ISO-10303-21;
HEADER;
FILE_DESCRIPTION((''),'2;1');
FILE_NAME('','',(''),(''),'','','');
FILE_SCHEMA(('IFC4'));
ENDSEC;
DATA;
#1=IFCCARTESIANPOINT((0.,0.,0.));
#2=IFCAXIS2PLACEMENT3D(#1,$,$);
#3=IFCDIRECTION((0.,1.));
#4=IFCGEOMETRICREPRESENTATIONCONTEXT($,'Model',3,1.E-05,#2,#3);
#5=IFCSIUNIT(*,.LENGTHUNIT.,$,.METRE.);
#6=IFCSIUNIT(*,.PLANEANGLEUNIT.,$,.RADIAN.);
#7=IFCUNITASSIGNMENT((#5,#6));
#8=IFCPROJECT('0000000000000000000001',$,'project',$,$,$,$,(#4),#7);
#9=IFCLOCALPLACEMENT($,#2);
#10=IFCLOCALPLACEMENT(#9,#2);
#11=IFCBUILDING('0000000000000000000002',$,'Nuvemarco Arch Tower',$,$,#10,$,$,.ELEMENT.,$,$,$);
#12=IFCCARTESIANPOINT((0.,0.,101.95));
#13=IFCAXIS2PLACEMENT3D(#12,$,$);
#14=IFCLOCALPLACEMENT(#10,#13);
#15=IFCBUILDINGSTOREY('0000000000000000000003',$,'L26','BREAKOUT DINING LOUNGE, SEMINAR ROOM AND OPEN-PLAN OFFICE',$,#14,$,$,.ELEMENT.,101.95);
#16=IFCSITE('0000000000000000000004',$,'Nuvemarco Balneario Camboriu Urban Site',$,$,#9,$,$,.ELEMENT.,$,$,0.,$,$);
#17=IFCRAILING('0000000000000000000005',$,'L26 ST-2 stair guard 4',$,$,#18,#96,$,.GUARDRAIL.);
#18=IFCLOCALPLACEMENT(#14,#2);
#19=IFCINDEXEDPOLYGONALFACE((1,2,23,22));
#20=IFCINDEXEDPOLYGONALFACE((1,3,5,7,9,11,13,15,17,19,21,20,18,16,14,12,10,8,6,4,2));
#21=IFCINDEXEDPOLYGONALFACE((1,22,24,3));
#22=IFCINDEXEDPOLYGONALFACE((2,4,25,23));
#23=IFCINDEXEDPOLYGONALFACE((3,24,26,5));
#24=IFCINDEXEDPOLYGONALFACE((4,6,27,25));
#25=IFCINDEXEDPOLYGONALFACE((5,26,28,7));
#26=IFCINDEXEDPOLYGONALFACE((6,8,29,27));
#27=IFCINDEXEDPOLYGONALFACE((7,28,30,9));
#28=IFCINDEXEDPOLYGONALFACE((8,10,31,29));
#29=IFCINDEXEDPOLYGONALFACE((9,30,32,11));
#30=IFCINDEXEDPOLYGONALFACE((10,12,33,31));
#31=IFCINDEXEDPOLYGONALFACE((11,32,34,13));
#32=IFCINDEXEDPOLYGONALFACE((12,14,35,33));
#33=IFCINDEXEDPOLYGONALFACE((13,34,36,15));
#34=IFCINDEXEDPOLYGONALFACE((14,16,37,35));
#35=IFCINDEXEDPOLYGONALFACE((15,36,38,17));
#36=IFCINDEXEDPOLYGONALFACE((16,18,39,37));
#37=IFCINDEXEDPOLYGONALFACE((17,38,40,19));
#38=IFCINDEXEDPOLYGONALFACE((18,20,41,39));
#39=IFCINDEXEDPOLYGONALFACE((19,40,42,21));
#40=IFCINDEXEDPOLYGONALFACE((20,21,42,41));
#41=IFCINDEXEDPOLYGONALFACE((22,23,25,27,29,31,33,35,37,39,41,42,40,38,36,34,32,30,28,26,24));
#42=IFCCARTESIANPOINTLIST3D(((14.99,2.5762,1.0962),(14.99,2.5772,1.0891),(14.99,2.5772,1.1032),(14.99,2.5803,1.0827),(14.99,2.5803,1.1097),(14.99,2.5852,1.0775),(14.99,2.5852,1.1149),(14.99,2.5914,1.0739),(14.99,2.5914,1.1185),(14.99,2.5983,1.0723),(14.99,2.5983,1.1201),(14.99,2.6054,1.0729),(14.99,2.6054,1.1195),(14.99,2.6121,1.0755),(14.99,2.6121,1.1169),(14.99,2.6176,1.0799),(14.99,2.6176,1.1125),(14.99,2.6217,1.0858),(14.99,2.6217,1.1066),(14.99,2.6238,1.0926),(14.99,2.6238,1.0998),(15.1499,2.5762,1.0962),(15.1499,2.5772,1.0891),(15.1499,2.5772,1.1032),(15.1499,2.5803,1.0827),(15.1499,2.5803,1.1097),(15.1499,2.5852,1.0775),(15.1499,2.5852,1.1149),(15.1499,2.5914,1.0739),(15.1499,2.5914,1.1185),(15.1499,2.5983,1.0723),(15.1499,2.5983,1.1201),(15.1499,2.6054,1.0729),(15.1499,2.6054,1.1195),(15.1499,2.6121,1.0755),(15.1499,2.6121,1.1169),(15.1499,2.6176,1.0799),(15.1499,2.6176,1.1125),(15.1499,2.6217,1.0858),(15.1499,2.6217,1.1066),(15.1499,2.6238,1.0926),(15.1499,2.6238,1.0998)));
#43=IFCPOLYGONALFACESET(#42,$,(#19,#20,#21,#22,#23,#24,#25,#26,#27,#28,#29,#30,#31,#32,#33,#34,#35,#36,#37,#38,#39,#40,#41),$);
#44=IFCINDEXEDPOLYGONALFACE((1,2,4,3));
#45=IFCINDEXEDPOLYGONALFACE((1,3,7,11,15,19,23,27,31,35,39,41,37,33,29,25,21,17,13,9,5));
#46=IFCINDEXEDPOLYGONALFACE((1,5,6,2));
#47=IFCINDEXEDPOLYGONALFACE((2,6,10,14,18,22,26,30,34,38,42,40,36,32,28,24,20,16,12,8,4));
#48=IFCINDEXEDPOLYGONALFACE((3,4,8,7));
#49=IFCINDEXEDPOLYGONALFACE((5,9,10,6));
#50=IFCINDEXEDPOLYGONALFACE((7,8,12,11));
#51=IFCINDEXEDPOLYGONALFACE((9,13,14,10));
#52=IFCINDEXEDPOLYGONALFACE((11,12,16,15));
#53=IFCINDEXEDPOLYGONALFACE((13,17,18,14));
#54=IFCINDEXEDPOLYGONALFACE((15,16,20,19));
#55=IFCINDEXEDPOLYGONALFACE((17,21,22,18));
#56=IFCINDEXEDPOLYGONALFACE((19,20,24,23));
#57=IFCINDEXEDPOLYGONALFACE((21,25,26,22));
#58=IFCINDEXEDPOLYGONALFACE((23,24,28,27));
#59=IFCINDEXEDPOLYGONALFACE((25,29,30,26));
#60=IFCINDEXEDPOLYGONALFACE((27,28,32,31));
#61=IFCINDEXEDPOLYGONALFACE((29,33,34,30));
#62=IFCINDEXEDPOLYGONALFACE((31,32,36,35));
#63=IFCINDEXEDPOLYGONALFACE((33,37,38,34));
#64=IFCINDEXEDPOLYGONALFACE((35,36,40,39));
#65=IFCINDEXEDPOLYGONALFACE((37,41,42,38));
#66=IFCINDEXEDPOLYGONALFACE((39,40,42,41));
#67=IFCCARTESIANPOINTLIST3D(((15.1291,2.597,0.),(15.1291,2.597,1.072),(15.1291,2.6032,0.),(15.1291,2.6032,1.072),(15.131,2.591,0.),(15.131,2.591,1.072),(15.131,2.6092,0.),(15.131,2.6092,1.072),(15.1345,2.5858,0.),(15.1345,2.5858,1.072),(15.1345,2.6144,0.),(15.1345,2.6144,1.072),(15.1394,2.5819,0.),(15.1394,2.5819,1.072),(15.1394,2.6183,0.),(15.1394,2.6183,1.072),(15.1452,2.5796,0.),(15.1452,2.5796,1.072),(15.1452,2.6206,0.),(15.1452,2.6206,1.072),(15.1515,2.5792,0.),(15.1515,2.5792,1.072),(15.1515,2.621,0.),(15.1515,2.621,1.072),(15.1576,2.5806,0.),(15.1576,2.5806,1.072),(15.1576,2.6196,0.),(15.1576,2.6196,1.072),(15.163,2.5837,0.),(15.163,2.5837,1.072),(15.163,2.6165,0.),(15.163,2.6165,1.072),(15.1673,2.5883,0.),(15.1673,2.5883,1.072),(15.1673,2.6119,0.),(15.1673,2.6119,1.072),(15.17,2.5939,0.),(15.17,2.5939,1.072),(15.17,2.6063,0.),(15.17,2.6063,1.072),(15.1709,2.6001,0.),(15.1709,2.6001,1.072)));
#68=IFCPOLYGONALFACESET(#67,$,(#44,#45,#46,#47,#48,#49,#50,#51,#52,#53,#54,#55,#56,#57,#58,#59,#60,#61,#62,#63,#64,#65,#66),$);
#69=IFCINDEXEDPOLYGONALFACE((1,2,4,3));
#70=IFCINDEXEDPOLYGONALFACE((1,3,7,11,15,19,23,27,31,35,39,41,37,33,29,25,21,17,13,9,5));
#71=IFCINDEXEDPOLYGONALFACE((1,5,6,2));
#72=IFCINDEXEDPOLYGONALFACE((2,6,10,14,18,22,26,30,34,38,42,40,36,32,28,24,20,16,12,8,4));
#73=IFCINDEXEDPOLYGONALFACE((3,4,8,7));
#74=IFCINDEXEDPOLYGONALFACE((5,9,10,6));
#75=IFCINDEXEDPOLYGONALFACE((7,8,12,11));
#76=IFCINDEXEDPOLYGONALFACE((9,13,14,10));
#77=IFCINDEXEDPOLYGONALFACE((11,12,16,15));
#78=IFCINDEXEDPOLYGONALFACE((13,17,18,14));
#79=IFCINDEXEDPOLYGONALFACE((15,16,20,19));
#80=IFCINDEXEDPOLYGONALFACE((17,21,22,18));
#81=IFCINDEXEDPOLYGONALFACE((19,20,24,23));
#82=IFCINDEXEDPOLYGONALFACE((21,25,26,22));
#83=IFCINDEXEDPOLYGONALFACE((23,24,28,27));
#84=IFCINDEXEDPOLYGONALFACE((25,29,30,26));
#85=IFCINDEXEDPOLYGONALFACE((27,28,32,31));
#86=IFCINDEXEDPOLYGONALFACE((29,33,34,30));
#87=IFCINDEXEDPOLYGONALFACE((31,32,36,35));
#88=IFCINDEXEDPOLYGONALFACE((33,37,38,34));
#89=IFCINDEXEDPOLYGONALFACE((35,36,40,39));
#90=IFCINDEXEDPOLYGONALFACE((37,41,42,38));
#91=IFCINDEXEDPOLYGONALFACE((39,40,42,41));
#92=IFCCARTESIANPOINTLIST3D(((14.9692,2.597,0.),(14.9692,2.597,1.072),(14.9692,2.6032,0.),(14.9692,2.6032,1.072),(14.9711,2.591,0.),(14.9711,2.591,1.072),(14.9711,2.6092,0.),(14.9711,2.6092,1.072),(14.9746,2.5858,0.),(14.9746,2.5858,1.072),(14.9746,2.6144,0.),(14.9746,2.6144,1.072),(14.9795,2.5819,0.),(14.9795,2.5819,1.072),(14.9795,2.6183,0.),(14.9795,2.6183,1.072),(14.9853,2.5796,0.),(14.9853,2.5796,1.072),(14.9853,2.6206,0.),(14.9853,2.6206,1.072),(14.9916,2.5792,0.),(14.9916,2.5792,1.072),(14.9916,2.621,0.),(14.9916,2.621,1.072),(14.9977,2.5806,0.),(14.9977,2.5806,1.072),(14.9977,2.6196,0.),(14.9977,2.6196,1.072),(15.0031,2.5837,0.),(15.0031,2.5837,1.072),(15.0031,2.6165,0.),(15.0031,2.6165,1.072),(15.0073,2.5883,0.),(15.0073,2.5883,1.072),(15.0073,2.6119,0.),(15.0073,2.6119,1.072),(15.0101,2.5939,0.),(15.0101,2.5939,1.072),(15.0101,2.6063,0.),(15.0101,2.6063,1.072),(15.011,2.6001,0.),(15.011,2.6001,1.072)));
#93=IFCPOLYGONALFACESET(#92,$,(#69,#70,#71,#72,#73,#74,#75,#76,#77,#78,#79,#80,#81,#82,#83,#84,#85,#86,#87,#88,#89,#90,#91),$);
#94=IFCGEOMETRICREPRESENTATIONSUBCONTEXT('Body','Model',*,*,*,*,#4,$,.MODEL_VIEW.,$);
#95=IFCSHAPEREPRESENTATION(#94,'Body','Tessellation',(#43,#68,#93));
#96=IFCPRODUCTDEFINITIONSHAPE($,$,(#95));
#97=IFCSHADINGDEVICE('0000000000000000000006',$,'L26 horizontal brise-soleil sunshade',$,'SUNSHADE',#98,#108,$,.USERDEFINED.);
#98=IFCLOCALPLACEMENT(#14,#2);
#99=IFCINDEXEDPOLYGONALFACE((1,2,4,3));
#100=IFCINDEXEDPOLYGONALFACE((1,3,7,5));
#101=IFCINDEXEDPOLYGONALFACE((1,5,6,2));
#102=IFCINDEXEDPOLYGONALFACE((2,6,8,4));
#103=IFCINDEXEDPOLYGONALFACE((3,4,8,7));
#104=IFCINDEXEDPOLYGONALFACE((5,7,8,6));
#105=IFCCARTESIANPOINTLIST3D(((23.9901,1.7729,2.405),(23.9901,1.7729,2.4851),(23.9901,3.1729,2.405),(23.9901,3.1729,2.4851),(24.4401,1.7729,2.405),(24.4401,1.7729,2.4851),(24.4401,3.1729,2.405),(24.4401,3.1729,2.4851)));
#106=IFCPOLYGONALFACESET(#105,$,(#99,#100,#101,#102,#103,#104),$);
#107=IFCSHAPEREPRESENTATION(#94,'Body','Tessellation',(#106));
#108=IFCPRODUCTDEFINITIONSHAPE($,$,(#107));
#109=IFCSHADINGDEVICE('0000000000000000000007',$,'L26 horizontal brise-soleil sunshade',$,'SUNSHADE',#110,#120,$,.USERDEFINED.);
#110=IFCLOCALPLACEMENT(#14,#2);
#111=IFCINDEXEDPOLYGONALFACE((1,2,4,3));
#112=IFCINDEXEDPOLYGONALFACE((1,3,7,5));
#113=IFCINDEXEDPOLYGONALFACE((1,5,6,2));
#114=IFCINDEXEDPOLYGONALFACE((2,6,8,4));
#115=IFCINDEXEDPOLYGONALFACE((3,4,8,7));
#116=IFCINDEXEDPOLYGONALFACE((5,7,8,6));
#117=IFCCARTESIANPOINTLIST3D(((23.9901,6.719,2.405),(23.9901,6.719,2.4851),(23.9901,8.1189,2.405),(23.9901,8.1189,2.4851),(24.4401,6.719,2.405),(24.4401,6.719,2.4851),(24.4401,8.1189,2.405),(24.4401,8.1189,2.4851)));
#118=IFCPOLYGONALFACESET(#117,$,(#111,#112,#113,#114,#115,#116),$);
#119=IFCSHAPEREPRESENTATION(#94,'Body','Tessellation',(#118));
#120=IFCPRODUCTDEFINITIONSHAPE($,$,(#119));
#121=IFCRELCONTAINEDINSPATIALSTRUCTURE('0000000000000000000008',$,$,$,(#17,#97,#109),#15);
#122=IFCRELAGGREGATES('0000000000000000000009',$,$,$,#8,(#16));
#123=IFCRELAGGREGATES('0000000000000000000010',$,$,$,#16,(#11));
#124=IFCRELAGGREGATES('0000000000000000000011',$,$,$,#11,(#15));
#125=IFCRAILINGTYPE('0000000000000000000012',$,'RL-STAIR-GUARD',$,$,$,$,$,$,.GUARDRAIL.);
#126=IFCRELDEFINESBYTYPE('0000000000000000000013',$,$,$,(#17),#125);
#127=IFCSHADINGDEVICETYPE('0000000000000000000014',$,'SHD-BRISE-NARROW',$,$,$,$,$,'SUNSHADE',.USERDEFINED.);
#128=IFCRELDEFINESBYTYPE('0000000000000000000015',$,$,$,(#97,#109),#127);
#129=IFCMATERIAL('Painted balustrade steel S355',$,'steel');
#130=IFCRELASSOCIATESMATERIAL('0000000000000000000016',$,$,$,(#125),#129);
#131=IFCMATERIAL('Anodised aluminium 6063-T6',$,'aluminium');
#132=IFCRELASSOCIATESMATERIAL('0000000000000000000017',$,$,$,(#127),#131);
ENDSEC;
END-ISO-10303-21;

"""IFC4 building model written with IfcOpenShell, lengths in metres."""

from ifc_helpers import new_model, si_unit, direction, frame, origin, origin_2d, place, context, subcontext, project, spatial, rectangle, circle, extrude, source, transform, mapped, material, type_object, type_shapes, element, save


model = new_model("IFC4")

# Units and contexts
model_context = context("Model", 3, precision=1e-05, world=origin(), true_north=direction((0.0, 1.0)))
body_context = subcontext(model_context, "Body", "Model", "MODEL_VIEW")
ifc_project = project(units=[si_unit("LENGTHUNIT", "METRE"), si_unit("PLANEANGLEUNIT", "RADIAN")], contexts=[model_context])

# Site, building, storey
site_placement = place(None, origin())
site = spatial("IfcSite", under=ifc_project, at=site_placement, Name="Nuvemarco Balneario Camboriu Urban Site", CompositionType="ELEMENT", RefElevation=0.0)
building_placement = place(site_placement, origin())
building = spatial("IfcBuilding", under=site, at=building_placement, Name="Nuvemarco Arch Tower", CompositionType="ELEMENT")
storey_placement = place(building_placement, frame((0.0, 0.0, 101.95)))
storey = spatial("IfcBuildingStorey", under=building, at=storey_placement, Name="L26", Description="BREAKOUT DINING LOUNGE, SEMINAR ROOM AND OPEN-PLAN OFFICE", CompositionType="ELEMENT", Elevation=101.95)

# Railing
ifc_material_1 = material(Name="Painted balustrade steel S355", Category="steel")
railing_type_1 = type_object("IfcRailingType", Name="RL-STAIR-GUARD", PredefinedType="GUARDRAIL", material=ifc_material_1)
railing_1_placement = place(storey_placement, frame((15.1499, 2.6001, 0.0)))
element("IfcRailing", 1, at=railing_1_placement, inside=storey, type_object=railing_type_1, Name="L26 ST-2 stair guard 4", PredefinedType="GUARDRAIL", context=body_context, shape_type="SweptSolid", body=[
    extrude(circle(Radius=0.0239, at=origin_2d()), frame((0.0, 0.0, 1.0962), z_axis=(-1.0, 0.0, 0.0), x_axis=(0.0, -1.0, 0.0)), (0.0, 0.0, 1.0), 0.1599),
    extrude(circle(Radius=0.021, at=origin_2d()), origin(), (0.0, 0.0, 1.0), 1.072),
    extrude(circle(Radius=0.021, at=origin_2d()), frame((-0.1599, 0.0, 0.0)), (0.0, 0.0, 1.0), 1.072),
])

# Shading devices
ifc_material_2 = material(Name="Anodised aluminium 6063-T6", Category="aluminium")
shading_device_type = type_object("IfcShadingDeviceType", Name="SHD-BRISE-NARROW", ElementType="SUNSHADE", PredefinedType="USERDEFINED", material=ifc_material_2)
shared_shape = source(origin(), body_context, "Body", "SweptSolid", [
    extrude(rectangle(XDim=1.3999, YDim=0.45, at=origin_2d()), origin(), (0.0, 0.0, 1.0), 0.0801),
])
type_shapes(shading_device_type, [shared_shape])
for number, where, z_axis, x_axis, name in (
    (2, (24.2151, 2.4729, 2.405), (0.0, 0.0, 1.0), (0.0, 1.0, 0.0), "L26 horizontal brise-soleil sunshade"),
    (3, (24.2151, 7.4189, 2.405), (0.0, 0.0, 1.0), (0.0, 1.0, 0.0), "L26 horizontal brise-soleil sunshade"),
):
    element("IfcShadingDevice", number, at=place(storey_placement, frame(where, z_axis=z_axis, x_axis=x_axis)), inside=storey, type_object=shading_device_type, Name=name, ObjectType="SUNSHADE", PredefinedType="USERDEFINED", context=body_context, shape_type="MappedRepresentation", body=[
        mapped(shared_shape, transform((0.0, 0.0, 0.0), scale=1.0)),
    ])

save(model, "model.ifc")
